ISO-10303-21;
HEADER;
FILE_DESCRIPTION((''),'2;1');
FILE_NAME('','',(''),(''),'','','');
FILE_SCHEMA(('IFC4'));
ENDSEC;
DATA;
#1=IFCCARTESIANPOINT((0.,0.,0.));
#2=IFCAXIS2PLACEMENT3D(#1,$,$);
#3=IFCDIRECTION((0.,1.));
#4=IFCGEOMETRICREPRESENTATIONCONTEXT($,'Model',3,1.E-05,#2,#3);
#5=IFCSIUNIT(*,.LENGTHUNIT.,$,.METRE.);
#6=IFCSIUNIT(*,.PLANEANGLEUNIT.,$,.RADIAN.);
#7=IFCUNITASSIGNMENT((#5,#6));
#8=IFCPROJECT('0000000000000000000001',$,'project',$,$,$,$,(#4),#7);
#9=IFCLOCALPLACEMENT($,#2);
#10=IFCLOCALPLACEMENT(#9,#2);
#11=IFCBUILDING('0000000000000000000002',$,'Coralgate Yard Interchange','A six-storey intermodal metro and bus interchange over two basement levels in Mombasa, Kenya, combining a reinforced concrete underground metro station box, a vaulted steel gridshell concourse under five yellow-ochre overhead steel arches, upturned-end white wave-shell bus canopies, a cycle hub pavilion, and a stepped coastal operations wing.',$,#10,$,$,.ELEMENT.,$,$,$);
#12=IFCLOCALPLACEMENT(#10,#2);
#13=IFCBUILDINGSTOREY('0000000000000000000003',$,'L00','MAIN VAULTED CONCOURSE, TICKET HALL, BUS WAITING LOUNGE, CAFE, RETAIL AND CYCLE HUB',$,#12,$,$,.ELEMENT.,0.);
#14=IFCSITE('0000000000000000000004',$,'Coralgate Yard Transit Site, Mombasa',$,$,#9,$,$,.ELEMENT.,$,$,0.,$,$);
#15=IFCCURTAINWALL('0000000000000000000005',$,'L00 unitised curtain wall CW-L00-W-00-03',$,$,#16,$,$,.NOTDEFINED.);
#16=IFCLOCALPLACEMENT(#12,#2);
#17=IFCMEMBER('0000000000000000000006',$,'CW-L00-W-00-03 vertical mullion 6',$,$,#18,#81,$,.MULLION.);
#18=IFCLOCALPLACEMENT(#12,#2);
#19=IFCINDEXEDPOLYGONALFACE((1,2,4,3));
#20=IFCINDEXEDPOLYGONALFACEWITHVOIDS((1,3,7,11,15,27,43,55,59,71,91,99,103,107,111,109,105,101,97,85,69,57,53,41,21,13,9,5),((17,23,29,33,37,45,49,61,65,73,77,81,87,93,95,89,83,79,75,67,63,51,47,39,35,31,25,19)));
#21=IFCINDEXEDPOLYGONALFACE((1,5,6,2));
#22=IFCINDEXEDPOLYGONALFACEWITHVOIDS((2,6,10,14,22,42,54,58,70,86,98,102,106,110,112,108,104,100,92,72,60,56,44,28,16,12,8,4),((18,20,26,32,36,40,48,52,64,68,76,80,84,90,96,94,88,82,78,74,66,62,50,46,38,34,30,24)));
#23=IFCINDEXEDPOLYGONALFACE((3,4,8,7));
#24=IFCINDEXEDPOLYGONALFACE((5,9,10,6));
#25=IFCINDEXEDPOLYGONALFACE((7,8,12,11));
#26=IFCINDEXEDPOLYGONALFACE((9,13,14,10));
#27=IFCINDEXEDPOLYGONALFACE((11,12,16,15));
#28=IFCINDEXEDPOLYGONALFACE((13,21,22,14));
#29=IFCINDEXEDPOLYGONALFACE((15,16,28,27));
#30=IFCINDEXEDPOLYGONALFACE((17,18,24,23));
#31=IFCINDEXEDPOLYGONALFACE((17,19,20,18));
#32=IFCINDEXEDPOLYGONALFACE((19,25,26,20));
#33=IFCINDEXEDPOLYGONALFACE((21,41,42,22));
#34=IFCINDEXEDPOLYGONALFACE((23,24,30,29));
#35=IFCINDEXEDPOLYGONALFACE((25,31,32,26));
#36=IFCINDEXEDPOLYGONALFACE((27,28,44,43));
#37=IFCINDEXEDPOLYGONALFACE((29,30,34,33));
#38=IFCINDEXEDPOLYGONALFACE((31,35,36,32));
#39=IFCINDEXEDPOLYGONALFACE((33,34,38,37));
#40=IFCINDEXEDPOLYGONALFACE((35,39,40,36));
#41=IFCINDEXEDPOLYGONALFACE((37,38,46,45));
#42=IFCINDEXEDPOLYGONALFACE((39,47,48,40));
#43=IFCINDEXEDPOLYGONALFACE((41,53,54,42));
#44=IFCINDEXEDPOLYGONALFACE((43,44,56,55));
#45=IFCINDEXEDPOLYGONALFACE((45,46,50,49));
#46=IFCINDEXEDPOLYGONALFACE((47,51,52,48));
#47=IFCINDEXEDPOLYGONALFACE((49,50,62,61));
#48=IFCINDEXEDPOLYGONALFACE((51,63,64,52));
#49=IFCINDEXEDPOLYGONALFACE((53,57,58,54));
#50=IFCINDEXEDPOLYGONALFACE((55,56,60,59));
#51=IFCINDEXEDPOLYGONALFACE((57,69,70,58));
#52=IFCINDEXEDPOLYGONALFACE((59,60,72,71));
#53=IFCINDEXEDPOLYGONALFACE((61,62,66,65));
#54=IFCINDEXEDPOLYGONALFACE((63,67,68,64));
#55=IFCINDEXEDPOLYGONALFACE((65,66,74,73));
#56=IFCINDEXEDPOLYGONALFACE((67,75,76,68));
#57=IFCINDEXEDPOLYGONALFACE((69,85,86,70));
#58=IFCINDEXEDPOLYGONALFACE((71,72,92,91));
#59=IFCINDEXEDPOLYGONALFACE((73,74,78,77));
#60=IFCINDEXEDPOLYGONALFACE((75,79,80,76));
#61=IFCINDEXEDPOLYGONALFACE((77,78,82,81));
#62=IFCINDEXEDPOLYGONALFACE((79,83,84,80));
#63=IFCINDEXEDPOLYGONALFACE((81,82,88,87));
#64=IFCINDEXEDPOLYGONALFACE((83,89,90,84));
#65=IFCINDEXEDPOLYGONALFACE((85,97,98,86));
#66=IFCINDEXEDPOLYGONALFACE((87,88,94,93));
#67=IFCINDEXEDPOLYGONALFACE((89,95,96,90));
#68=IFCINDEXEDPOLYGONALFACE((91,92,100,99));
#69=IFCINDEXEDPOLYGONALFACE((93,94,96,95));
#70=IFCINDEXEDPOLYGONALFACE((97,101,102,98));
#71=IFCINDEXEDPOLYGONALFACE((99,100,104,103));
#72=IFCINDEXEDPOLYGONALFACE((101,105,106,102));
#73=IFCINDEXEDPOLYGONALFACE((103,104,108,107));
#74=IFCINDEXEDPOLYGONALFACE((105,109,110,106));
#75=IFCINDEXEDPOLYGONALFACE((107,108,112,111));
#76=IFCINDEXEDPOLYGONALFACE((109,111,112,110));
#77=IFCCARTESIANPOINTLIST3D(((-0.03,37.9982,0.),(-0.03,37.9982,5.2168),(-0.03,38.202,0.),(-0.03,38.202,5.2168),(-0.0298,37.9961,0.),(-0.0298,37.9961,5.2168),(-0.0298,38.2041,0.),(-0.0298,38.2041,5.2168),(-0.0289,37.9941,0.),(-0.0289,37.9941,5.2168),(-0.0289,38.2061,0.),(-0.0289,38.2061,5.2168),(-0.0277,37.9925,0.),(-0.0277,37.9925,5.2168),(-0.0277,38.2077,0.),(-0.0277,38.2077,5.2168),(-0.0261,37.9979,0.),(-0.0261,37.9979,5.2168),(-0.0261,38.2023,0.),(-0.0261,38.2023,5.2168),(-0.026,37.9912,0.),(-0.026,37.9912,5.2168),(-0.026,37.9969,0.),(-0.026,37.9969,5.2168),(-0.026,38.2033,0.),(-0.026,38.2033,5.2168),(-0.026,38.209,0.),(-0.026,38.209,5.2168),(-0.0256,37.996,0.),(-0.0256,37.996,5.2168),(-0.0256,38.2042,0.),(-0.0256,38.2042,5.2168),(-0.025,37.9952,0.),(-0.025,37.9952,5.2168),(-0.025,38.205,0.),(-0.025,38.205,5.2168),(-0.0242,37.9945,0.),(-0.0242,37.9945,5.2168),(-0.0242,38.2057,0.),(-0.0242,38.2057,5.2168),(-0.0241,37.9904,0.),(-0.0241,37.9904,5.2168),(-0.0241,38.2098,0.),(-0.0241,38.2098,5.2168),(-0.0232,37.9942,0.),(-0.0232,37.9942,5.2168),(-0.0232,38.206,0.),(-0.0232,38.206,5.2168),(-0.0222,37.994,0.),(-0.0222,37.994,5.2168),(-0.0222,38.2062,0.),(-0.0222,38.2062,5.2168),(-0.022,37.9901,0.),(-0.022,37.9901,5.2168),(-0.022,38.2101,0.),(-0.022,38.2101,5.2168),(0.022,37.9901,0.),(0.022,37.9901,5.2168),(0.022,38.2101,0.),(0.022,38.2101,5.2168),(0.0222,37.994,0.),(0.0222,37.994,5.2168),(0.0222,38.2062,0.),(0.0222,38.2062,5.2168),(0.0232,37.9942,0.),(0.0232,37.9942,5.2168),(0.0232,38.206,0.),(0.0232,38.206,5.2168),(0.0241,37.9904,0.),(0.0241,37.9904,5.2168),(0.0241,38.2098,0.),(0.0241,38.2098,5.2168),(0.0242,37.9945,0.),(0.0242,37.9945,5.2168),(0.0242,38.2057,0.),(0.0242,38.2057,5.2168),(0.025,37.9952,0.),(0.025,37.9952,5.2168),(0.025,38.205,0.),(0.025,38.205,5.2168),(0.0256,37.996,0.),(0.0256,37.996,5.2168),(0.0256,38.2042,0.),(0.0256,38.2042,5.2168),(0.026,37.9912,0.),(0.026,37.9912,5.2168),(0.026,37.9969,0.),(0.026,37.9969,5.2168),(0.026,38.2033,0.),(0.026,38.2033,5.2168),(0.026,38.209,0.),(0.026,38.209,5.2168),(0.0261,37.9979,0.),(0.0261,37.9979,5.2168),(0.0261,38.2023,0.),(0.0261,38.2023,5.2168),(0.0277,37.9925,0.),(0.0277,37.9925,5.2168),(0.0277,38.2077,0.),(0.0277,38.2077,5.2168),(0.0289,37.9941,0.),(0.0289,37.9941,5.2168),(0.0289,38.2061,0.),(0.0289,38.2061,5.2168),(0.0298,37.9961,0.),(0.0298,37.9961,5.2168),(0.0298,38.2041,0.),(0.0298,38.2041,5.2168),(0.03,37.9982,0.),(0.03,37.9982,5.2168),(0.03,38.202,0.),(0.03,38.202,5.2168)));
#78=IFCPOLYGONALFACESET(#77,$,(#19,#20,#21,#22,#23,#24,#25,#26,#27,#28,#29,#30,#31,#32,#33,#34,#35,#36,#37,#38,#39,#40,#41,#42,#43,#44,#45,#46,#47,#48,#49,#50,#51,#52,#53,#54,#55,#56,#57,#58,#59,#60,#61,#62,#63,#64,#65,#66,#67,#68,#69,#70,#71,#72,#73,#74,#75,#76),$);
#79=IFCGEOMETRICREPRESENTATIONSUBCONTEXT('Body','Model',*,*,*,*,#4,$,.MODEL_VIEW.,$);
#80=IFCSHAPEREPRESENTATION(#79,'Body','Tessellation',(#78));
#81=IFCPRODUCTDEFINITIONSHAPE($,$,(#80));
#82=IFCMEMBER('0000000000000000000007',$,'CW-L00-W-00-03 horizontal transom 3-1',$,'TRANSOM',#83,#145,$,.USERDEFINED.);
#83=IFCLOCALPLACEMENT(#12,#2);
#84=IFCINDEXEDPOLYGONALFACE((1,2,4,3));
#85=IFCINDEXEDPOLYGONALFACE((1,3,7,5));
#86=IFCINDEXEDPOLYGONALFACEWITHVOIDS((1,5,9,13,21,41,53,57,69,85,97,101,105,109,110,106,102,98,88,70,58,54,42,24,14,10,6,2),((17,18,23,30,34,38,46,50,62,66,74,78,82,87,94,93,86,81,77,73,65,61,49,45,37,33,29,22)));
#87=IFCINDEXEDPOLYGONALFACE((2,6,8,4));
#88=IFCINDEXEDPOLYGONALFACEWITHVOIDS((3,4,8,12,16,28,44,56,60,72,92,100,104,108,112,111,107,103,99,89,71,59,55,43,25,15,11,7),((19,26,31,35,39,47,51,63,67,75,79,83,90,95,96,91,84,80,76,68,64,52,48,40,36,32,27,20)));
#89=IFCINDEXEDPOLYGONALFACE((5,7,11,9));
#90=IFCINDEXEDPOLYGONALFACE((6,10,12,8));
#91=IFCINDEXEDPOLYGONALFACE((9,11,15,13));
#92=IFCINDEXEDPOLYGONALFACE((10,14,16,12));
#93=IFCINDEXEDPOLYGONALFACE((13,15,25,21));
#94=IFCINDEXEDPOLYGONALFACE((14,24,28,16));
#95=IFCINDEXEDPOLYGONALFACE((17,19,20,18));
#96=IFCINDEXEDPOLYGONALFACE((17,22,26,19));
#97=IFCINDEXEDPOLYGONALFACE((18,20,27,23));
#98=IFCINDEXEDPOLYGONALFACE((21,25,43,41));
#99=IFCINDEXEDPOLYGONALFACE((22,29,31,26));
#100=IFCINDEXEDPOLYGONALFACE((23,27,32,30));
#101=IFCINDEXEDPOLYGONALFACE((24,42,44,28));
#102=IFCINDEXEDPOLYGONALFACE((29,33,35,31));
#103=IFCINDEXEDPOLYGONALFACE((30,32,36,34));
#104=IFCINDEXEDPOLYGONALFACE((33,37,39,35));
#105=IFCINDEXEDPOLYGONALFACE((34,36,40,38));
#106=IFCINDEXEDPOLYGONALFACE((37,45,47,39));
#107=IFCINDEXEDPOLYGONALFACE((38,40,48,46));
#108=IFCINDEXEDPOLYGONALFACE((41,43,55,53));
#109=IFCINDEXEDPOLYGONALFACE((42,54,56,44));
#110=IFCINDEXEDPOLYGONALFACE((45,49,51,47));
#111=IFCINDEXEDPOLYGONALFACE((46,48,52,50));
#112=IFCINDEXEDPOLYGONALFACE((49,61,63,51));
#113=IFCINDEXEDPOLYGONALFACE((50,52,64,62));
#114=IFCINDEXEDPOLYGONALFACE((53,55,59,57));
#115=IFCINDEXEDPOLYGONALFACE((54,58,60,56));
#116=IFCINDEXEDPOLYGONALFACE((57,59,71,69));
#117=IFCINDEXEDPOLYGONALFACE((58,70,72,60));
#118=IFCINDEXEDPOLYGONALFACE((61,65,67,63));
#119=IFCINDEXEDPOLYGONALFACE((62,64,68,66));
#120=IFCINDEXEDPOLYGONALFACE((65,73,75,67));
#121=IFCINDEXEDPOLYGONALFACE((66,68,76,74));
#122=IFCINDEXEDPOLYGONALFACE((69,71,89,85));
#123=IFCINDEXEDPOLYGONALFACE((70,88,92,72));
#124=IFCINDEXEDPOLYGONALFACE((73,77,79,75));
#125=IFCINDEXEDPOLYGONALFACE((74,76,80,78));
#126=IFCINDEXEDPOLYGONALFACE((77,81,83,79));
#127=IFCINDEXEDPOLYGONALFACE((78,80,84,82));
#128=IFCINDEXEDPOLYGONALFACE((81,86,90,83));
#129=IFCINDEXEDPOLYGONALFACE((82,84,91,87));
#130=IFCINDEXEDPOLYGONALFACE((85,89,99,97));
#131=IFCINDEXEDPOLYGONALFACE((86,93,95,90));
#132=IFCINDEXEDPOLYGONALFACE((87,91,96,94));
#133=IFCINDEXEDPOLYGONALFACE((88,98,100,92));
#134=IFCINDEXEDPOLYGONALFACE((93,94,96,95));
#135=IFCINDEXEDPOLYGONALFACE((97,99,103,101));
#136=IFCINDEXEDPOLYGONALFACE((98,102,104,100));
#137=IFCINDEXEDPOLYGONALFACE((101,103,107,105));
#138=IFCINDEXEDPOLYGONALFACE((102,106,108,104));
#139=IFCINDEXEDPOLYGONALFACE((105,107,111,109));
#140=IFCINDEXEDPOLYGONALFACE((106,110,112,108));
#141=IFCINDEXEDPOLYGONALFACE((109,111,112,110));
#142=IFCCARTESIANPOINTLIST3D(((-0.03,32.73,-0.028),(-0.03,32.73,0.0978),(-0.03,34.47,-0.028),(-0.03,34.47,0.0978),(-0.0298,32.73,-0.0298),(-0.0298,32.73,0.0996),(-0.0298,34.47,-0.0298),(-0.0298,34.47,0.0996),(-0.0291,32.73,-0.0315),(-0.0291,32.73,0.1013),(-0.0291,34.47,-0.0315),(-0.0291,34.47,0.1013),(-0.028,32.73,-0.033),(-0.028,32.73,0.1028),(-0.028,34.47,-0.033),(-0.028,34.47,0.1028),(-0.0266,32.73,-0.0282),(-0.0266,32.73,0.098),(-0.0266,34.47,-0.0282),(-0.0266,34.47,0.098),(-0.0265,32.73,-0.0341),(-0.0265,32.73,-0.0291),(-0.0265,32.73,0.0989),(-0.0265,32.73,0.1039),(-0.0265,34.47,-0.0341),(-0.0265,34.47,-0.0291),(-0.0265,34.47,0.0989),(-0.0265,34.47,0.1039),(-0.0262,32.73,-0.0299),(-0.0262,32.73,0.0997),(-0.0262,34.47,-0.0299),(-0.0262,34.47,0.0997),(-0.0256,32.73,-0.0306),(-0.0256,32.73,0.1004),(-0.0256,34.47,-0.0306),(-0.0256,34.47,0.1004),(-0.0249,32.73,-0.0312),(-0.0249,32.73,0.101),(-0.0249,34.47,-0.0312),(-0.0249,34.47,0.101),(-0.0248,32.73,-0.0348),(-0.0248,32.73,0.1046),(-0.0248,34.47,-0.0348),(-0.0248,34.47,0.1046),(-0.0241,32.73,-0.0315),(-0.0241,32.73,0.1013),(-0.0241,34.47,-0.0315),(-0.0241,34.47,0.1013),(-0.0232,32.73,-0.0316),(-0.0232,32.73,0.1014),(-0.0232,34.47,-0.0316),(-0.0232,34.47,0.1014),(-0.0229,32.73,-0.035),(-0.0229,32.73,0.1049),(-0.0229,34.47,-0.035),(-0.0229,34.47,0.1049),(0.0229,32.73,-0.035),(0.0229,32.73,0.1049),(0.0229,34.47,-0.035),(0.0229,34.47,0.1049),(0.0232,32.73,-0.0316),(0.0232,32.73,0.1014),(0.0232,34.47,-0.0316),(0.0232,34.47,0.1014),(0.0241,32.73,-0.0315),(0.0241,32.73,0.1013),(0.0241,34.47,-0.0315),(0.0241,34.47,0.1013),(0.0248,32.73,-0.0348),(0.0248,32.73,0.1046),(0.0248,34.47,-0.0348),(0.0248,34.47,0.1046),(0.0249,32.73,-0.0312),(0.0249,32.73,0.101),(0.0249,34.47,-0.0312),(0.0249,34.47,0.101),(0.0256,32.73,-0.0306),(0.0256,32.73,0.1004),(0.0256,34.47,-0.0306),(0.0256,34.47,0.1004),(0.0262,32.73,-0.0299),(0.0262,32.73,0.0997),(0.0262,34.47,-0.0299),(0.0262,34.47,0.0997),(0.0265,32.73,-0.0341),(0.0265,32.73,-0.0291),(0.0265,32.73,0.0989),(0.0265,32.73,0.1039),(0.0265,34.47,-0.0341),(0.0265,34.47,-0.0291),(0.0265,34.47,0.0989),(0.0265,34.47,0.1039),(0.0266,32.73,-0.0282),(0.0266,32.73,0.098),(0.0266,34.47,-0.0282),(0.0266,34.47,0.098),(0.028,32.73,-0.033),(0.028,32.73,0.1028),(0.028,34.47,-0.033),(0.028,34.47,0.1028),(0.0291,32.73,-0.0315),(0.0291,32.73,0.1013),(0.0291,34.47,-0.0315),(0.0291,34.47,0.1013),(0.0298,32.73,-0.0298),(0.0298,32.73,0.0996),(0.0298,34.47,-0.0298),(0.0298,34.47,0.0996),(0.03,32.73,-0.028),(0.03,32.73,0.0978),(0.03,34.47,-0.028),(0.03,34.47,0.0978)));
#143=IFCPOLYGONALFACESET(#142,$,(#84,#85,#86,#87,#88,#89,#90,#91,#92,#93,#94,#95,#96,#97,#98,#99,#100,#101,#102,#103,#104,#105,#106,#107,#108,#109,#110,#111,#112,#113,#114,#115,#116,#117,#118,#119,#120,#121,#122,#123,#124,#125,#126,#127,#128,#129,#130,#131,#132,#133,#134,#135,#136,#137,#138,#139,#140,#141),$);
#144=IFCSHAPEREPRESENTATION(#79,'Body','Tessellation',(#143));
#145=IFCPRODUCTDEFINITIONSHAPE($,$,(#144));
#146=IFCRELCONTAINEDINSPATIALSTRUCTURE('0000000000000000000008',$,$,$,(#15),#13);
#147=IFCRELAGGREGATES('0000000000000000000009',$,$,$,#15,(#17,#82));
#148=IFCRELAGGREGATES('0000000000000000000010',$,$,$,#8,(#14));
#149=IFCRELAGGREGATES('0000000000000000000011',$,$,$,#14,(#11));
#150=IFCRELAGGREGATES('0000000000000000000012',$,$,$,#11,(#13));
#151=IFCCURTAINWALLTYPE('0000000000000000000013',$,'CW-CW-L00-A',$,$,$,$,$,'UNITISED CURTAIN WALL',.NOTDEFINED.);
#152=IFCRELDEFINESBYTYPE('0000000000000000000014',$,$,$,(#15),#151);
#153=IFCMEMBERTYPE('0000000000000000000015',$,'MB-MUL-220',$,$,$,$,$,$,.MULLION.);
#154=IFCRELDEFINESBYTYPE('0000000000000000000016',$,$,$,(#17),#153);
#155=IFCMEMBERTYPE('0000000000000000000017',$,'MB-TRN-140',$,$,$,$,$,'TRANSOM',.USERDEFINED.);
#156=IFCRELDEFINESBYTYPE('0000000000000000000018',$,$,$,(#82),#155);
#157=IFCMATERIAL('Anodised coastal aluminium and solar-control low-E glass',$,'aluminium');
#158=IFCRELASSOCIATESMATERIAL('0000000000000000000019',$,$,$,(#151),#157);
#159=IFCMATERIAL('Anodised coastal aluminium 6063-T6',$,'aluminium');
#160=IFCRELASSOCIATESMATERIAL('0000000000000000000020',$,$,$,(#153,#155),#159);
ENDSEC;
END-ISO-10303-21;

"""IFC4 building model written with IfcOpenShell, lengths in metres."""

from ifc_helpers import new_model, si_unit, direction, frame, origin, origin_2d, place, context, subcontext, project, spatial, hollow_rectangle, extrude, material, material_profile, profile_set, type_object, element, aggregate, save


model = new_model("IFC4")

# Units and contexts
model_context = context("Model", 3, precision=1e-05, world=origin(), true_north=direction((0.0, 1.0)))
body_context = subcontext(model_context, "Body", "Model", "MODEL_VIEW")
ifc_project = project(units=[si_unit("LENGTHUNIT", "METRE"), si_unit("PLANEANGLEUNIT", "RADIAN")], contexts=[model_context])

# Site, building, storey
site_placement = place(None, origin())
site = spatial("IfcSite", under=ifc_project, at=site_placement, Name="Coralgate Yard Transit Site, Mombasa", CompositionType="ELEMENT", RefElevation=0.0)
building_placement = place(site_placement, origin())
building = spatial("IfcBuilding", under=site, at=building_placement, Name="Coralgate Yard Interchange", Description="A six-storey intermodal metro and bus interchange over two basement levels in Mombasa, Kenya, combining a reinforced concrete underground metro station box, a vaulted steel gridshell concourse under five yellow-ochre overhead steel arches, upturned-end white wave-shell bus canopies, a cycle hub pavilion, and a stepped coastal operations wing.", CompositionType="ELEMENT")
storey_placement = place(building_placement, origin())
storey = spatial("IfcBuildingStorey", under=building, at=storey_placement, Name="L00", Description="MAIN VAULTED CONCOURSE, TICKET HALL, BUS WAITING LOUNGE, CAFE, RETAIL AND CYCLE HUB", CompositionType="ELEMENT", Elevation=0.0)

# Curtain wall, members
ifc_material_1 = material(Name="Anodised coastal aluminium and solar-control low-E glass", Category="aluminium")
curtain_wall_type = type_object("IfcCurtainWallType", Name="CW-CW-L00-A", ElementType="UNITISED CURTAIN WALL", PredefinedType="NOTDEFINED", material=ifc_material_1)
curtain_wall_placement = place(storey_placement, origin())
curtain_wall = element("IfcCurtainWall", 1, at=curtain_wall_placement, inside=storey, type_object=curtain_wall_type, Name="L00 unitised curtain wall CW-L00-W-00-03", PredefinedType="NOTDEFINED")
ifc_material_2 = material(Name="Anodised coastal aluminium 6063-T6", Category="aluminium")
ifc_material_profile_1 = material_profile(ifc_material_2, hollow_rectangle(XDim=0.0601, YDim=0.22, WallThickness=0.0039, InnerFilletRadius=0.0039, OuterFilletRadius=0.0081, at=origin_2d()), Name="ALU 60x220x4")
ifc_profile_set_1 = profile_set([ifc_material_profile_1], Name="Anodised coastal aluminium 6063-T6")
member_type_1 = type_object("IfcMemberType", Name="MB-MUL-220", PredefinedType="MULLION", material=ifc_profile_set_1)
member_1_placement = place(storey_placement, frame((0.0, 38.1001, 0.0), z_axis=(0.0, 0.0, 1.0), x_axis=(1.0, 0.0, 0.0)))
member_1 = element("IfcMember", 2, at=member_1_placement, type_object=member_type_1, Name="CW-L00-W-00-03 vertical mullion 6", PredefinedType="MULLION", context=body_context, shape_type="SweptSolid", body=[
    extrude(hollow_rectangle(XDim=0.0601, YDim=0.22, WallThickness=0.0039, InnerFilletRadius=0.0039, OuterFilletRadius=0.0081, at=origin_2d()), origin(), (0.0, 0.0, 1.0), 5.2168),
])
ifc_material_profile_2 = material_profile(ifc_material_2, hollow_rectangle(XDim=0.0601, YDim=0.1399, WallThickness=0.0034, InnerFilletRadius=0.0034, OuterFilletRadius=0.0071, at=origin_2d()), Name="ALU 60x140x3.5")
ifc_profile_set_2 = profile_set([ifc_material_profile_2], Name="Anodised coastal aluminium 6063-T6")
member_type_2 = type_object("IfcMemberType", Name="MB-TRN-140", ElementType="TRANSOM", PredefinedType="USERDEFINED", material=ifc_profile_set_2)
member_2_placement = place(storey_placement, frame((0.0, 32.73, 0.0349), z_axis=(0.0, 1.0, 0.0), x_axis=(-1.0, 0.0, 0.0)))
member_2 = element("IfcMember", 3, at=member_2_placement, type_object=member_type_2, Name="CW-L00-W-00-03 horizontal transom 3-1", ObjectType="TRANSOM", PredefinedType="USERDEFINED", context=body_context, shape_type="SweptSolid", body=[
    extrude(hollow_rectangle(XDim=0.0601, YDim=0.1399, WallThickness=0.0034, InnerFilletRadius=0.0034, OuterFilletRadius=0.0071, at=origin_2d()), origin(), (0.0, 0.0, 1.0), 1.74),
])
aggregate(curtain_wall, [member_1, member_2])

save(model, "model.ifc")
